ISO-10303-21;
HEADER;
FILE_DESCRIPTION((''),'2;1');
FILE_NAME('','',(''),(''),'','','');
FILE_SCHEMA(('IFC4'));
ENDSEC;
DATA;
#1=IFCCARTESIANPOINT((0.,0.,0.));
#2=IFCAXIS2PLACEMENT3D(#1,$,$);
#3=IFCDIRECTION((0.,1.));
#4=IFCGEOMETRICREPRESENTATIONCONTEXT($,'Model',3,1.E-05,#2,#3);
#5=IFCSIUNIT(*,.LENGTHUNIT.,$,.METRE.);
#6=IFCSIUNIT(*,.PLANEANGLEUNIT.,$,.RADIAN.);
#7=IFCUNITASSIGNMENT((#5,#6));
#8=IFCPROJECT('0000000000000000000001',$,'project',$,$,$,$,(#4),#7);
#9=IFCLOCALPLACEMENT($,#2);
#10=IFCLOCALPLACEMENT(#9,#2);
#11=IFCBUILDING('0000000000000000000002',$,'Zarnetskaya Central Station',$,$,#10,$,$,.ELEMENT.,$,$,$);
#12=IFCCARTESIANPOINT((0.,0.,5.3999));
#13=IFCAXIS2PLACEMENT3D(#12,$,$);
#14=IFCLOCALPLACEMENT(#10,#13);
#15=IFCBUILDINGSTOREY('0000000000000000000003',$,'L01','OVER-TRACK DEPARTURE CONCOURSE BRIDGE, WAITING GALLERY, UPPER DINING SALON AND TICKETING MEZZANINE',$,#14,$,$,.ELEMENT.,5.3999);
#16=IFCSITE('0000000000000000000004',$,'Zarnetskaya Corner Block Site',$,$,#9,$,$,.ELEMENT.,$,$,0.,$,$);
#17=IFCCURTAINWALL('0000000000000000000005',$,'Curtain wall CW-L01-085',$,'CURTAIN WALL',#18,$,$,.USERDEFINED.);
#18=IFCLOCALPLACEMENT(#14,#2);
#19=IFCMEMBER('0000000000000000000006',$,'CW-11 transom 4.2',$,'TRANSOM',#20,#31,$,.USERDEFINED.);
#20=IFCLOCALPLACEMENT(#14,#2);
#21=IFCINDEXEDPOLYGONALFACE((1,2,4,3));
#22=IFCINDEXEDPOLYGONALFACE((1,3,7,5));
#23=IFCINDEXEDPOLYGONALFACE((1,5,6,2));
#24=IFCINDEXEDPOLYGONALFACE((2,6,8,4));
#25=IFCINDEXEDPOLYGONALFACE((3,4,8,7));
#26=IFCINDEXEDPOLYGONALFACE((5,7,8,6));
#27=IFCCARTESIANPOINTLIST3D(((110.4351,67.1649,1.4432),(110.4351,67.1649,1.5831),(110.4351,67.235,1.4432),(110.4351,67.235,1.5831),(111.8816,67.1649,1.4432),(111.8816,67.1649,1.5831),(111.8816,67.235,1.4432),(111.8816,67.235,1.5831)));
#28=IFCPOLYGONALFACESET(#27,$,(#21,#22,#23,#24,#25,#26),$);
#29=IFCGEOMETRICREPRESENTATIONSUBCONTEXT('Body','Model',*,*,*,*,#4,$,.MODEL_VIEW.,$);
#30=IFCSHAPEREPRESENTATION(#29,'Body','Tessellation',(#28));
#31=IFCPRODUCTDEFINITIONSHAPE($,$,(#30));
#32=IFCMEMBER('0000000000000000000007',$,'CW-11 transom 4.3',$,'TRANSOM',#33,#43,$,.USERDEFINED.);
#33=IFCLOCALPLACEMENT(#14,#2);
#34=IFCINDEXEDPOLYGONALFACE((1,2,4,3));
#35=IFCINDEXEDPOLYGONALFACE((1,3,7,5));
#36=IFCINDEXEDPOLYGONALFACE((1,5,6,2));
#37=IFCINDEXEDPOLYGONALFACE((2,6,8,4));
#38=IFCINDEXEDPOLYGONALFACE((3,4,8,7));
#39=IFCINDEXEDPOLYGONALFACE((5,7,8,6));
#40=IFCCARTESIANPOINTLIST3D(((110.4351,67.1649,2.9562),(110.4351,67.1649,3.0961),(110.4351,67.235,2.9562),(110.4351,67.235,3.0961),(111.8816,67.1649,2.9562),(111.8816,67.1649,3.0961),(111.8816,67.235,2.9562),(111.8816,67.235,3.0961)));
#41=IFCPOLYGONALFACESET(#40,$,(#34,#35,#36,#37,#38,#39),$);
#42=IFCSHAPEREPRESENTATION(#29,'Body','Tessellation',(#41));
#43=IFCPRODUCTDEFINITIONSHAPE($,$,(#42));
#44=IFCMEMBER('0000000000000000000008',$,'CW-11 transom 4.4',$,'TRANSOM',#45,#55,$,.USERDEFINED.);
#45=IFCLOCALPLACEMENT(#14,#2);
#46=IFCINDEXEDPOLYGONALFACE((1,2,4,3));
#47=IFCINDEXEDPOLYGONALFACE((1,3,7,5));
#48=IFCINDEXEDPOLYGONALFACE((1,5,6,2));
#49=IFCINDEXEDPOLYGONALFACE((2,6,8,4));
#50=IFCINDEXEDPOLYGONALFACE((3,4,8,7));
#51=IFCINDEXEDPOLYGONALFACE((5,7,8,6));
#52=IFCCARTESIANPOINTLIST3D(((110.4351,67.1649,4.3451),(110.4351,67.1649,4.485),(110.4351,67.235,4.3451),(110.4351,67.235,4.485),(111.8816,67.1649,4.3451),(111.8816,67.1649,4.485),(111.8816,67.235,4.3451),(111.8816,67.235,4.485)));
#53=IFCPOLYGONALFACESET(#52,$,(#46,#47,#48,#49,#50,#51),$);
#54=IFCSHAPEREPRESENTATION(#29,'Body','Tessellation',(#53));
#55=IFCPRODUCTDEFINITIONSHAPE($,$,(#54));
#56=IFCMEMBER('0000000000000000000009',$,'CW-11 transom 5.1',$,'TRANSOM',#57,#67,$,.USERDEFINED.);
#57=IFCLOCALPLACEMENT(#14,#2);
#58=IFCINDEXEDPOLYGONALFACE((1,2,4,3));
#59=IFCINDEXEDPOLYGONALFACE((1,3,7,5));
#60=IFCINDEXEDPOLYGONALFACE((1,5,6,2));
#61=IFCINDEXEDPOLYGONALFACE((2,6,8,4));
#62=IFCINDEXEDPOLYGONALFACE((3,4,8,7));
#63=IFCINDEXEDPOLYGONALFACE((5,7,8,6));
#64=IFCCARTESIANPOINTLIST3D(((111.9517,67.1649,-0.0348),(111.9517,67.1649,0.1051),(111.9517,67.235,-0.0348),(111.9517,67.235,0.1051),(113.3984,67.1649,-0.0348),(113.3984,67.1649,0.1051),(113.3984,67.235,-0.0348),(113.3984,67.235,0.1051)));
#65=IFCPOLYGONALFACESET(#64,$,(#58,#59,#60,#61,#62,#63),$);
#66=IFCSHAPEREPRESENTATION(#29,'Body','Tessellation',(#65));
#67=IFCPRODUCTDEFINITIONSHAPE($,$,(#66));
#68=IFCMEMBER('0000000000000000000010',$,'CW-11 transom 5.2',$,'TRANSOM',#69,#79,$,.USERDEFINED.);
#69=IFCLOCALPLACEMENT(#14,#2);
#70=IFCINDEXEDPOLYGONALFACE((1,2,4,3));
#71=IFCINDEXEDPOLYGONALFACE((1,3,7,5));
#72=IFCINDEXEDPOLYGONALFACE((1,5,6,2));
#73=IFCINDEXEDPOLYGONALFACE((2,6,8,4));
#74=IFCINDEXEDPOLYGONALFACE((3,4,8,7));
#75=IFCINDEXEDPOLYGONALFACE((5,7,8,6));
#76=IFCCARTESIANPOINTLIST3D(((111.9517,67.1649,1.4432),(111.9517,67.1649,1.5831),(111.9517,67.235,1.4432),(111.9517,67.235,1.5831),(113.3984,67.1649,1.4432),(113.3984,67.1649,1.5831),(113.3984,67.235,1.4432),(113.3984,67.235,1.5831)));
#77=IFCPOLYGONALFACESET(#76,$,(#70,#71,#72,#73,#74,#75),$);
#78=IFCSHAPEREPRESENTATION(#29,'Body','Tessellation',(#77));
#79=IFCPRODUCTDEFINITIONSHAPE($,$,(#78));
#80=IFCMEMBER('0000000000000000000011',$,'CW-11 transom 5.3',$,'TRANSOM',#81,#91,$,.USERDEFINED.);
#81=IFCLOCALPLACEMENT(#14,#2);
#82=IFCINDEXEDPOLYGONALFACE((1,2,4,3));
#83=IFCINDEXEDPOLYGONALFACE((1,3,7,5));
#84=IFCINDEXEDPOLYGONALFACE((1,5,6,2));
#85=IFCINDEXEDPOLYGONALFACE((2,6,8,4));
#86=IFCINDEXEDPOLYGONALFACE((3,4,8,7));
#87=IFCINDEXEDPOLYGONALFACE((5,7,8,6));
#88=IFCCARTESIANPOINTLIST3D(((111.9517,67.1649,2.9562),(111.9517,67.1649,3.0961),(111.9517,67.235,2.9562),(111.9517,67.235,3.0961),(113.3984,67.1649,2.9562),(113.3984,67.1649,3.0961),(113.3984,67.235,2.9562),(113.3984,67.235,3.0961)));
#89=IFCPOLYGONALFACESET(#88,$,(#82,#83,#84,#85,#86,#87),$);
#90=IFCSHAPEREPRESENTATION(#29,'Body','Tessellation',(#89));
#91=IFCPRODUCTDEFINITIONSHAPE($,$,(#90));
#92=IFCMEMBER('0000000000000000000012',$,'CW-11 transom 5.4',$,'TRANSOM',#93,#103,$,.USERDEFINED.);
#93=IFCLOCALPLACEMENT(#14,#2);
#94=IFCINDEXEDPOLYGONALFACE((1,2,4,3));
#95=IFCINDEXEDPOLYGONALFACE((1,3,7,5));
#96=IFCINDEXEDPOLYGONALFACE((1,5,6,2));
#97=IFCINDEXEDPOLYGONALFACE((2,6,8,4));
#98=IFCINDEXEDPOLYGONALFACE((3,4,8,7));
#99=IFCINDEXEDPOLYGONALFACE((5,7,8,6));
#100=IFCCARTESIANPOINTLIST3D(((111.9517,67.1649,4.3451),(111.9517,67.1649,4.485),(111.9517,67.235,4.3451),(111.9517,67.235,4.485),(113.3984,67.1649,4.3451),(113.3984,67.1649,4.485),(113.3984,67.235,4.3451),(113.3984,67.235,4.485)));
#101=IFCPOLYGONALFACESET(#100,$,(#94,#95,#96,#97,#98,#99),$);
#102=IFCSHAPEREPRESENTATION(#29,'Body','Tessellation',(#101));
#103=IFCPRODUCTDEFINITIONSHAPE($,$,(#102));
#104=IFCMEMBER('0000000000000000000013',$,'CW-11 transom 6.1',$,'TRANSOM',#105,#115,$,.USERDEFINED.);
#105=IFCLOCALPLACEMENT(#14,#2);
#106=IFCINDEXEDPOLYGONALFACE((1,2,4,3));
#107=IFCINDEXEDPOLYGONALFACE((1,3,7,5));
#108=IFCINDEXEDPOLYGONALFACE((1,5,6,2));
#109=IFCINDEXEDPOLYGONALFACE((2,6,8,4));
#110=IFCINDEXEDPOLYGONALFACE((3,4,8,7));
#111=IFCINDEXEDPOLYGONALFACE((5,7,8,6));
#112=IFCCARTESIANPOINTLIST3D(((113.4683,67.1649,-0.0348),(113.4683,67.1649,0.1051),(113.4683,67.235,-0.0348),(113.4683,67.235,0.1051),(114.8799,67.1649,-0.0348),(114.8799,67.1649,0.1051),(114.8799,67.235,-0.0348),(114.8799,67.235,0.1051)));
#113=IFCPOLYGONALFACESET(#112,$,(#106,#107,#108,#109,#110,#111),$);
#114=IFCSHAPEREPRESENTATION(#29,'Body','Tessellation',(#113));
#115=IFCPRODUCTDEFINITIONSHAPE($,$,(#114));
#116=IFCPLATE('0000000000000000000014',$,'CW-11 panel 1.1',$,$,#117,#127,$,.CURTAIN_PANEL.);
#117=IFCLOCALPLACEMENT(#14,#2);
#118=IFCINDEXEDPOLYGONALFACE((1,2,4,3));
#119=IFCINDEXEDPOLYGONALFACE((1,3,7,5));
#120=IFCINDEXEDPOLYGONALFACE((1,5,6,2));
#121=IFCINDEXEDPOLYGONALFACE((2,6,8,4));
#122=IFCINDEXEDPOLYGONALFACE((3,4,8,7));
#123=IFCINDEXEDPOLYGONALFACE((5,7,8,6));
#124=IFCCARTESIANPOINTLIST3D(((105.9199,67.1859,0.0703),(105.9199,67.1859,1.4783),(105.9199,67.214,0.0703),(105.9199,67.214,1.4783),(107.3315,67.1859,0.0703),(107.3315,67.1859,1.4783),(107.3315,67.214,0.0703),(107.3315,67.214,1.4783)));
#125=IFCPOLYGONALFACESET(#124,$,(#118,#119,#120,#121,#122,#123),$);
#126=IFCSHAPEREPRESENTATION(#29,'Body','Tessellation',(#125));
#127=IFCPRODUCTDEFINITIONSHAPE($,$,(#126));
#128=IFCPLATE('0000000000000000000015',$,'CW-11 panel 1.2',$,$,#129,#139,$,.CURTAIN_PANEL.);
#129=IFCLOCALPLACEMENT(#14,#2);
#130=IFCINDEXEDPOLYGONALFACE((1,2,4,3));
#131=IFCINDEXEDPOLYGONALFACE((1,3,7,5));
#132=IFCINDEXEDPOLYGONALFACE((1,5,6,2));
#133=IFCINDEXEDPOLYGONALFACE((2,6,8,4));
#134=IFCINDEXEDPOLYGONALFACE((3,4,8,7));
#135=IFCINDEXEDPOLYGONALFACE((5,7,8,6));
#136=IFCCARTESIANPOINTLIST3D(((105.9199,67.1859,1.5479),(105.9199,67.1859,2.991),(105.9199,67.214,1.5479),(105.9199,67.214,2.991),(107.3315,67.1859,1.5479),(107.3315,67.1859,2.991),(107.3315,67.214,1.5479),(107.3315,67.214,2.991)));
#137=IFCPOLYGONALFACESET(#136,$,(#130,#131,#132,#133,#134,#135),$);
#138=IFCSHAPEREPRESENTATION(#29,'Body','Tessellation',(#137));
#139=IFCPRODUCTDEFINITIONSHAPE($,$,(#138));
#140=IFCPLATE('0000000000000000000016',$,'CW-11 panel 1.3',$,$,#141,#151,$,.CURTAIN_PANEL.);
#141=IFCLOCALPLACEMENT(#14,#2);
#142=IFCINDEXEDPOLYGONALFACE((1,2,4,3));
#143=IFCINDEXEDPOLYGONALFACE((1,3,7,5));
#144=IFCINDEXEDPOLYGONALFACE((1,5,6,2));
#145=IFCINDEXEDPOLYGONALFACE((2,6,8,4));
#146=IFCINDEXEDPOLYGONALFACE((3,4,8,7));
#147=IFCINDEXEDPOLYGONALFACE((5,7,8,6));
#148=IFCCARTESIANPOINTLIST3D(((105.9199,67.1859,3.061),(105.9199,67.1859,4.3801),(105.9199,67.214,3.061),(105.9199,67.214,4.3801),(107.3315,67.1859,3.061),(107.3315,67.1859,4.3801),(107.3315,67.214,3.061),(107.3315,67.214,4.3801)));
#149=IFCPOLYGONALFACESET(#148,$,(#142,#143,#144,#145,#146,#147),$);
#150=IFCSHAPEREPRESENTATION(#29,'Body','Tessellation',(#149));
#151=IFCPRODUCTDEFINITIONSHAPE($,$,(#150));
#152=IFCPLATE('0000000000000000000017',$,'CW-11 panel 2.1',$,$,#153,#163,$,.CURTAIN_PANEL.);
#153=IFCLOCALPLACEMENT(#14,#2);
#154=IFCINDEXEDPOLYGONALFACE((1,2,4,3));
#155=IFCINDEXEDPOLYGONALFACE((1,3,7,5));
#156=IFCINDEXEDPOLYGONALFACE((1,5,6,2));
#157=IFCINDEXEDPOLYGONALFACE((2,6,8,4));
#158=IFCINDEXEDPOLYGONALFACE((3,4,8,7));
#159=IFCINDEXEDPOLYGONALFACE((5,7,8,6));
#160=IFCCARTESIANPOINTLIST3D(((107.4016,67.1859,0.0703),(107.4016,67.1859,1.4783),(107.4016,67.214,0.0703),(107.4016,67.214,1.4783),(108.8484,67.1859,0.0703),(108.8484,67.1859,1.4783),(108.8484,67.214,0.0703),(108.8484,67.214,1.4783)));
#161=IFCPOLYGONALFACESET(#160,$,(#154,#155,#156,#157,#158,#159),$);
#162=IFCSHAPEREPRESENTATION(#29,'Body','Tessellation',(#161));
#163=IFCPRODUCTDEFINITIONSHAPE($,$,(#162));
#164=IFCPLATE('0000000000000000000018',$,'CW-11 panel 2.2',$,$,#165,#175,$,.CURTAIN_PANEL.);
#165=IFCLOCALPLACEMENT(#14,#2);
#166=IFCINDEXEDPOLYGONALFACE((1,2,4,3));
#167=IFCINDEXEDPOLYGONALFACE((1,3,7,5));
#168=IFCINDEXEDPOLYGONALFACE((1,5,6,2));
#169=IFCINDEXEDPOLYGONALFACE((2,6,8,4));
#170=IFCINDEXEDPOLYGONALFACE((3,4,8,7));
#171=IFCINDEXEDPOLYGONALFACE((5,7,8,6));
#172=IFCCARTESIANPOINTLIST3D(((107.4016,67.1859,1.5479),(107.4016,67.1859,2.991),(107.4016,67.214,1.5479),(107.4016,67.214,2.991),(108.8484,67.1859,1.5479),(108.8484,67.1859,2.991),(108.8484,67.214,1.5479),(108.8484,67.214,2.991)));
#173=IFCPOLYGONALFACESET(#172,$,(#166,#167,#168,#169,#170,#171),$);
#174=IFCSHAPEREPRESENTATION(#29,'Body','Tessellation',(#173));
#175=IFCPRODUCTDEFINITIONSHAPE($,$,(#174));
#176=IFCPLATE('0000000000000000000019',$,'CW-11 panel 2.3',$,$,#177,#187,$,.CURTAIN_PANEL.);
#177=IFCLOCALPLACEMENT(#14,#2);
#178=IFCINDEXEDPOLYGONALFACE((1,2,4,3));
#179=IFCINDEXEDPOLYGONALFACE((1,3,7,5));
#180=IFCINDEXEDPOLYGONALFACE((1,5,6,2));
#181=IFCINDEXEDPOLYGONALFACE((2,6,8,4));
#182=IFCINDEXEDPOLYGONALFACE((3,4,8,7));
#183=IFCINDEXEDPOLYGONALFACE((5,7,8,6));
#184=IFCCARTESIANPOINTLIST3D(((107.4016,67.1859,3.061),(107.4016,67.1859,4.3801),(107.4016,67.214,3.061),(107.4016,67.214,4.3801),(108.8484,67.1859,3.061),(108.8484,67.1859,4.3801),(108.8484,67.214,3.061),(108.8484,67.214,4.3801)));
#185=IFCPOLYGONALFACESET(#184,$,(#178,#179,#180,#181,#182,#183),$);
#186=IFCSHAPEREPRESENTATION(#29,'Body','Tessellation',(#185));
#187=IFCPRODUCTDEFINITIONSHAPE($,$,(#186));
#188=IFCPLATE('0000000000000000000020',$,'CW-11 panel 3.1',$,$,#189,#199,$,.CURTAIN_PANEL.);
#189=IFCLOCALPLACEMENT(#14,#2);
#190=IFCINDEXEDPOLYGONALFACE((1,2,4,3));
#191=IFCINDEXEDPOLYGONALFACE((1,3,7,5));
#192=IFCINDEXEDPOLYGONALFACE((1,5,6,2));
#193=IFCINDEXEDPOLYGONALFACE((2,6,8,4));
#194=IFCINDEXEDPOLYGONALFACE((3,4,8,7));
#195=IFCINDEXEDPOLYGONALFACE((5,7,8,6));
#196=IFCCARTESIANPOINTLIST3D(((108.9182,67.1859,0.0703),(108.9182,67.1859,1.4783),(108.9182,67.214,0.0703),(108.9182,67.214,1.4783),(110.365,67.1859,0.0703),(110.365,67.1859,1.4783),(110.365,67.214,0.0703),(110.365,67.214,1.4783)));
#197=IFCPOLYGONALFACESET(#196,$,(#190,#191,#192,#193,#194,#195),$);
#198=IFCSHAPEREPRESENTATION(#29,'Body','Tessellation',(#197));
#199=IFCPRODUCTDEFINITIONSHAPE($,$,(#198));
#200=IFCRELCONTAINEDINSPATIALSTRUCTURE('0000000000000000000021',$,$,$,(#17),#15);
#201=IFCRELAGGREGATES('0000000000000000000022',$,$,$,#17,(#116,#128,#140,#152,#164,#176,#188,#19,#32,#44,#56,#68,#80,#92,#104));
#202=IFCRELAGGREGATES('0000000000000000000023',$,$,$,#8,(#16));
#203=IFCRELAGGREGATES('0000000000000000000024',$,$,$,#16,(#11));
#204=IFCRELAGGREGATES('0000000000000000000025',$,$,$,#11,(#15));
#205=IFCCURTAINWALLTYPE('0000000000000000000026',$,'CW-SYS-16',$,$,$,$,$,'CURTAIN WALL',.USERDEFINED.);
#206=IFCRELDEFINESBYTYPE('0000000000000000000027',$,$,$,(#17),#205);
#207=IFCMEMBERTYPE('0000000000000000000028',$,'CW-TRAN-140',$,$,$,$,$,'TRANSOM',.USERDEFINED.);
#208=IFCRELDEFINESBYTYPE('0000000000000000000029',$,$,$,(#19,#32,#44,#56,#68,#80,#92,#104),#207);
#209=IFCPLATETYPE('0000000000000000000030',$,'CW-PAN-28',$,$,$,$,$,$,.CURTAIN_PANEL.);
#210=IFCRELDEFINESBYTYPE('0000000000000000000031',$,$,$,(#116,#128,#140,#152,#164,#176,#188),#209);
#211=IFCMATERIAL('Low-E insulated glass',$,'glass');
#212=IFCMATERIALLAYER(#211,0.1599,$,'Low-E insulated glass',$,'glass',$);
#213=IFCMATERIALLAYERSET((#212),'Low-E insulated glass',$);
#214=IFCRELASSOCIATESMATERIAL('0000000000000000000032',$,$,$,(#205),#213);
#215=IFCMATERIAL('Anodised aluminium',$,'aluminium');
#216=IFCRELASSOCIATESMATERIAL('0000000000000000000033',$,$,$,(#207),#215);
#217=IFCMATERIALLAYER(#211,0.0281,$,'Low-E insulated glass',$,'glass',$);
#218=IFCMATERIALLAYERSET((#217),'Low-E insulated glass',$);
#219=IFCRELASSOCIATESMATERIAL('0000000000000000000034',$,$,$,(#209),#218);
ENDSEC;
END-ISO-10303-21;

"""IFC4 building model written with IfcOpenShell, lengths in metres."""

from ifc_helpers import new_model, si_unit, direction, frame, origin, origin_2d, place, context, subcontext, project, spatial, rectangle, extrude, material, layer, layer_set, material_profile, profile_set, type_object, element, aggregate, save


model = new_model("IFC4")

# Units and contexts
model_context = context("Model", 3, precision=1e-05, world=origin(), true_north=direction((0.0, 1.0)))
body_context = subcontext(model_context, "Body", "Model", "MODEL_VIEW")
ifc_project = project(units=[si_unit("LENGTHUNIT", "METRE"), si_unit("PLANEANGLEUNIT", "RADIAN")], contexts=[model_context])

# Site, building, storey
site_placement = place(None, origin())
site = spatial("IfcSite", under=ifc_project, at=site_placement, Name="Zarnetskaya Corner Block Site", CompositionType="ELEMENT", RefElevation=0.0)
building_placement = place(site_placement, origin())
building = spatial("IfcBuilding", under=site, at=building_placement, Name="Zarnetskaya Central Station", CompositionType="ELEMENT")
storey_placement = place(building_placement, frame((0.0, 0.0, 5.3999)))
storey = spatial("IfcBuildingStorey", under=building, at=storey_placement, Name="L01", Description="OVER-TRACK DEPARTURE CONCOURSE BRIDGE, WAITING GALLERY, UPPER DINING SALON AND TICKETING MEZZANINE", CompositionType="ELEMENT", Elevation=5.3999)

# Curtain wall, members, plates
ifc_material_1 = material(Name="Low-E insulated glass", Category="glass")
ifc_layer_1 = layer(ifc_material_1, 0.1599, Name="Low-E insulated glass", Category="glass")
ifc_layer_set_1 = layer_set([ifc_layer_1], Name="Low-E insulated glass")
curtain_wall_type = type_object("IfcCurtainWallType", Name="CW-SYS-16", ElementType="CURTAIN WALL", PredefinedType="USERDEFINED", material=ifc_layer_set_1)
curtain_wall_placement = place(storey_placement, origin())
curtain_wall = element("IfcCurtainWall", 1, at=curtain_wall_placement, inside=storey, type_object=curtain_wall_type, Name="Curtain wall CW-L01-085", ObjectType="CURTAIN WALL", PredefinedType="USERDEFINED")
ifc_material_2 = material(Name="Anodised aluminium", Category="aluminium")
ifc_material_profile_1 = material_profile(ifc_material_2, rectangle(XDim=0.0701, YDim=0.1399, at=origin_2d()), Name="ALU TRAN 70x140")
ifc_profile_set_1 = profile_set([ifc_material_profile_1], Name="Anodised aluminium")
member_type_1 = type_object("IfcMemberType", Name="CW-TRAN-140", ElementType="TRANSOM", PredefinedType="USERDEFINED", material=ifc_profile_set_1)
member_1_placement = place(storey_placement, frame((110.4351, 67.2, 1.5132), z_axis=(1.0, 0.0, 0.0), x_axis=(0.0, 1.0, 0.0)))
member_1 = element("IfcMember", 2, at=member_1_placement, type_object=member_type_1, Name="CW-11 transom 4.2", ObjectType="TRANSOM", PredefinedType="USERDEFINED", context=body_context, shape_type="SweptSolid", body=[
    extrude(rectangle(XDim=0.0701, YDim=0.1399, at=origin_2d()), origin(), (0.0, 0.0, 1.0), 1.4465),
])
member_2_placement = place(storey_placement, frame((110.4351, 67.2, 3.0261), z_axis=(1.0, 0.0, 0.0), x_axis=(0.0, 1.0, 0.0)))
member_2 = element("IfcMember", 3, at=member_2_placement, type_object=member_type_1, Name="CW-11 transom 4.3", ObjectType="TRANSOM", PredefinedType="USERDEFINED", context=body_context, shape_type="SweptSolid", body=[
    extrude(rectangle(XDim=0.0701, YDim=0.1399, at=origin_2d()), origin(), (0.0, 0.0, 1.0), 1.4465),
])
member_3_placement = place(storey_placement, frame((110.4351, 67.2, 4.415), z_axis=(1.0, 0.0, 0.0), x_axis=(0.0, 1.0, 0.0)))
member_3 = element("IfcMember", 4, at=member_3_placement, type_object=member_type_1, Name="CW-11 transom 4.4", ObjectType="TRANSOM", PredefinedType="USERDEFINED", context=body_context, shape_type="SweptSolid", body=[
    extrude(rectangle(XDim=0.0701, YDim=0.1399, at=origin_2d()), origin(), (0.0, 0.0, 1.0), 1.4465),
])
member_4_placement = place(storey_placement, frame((111.9517, 67.2, 0.0352), z_axis=(1.0, 0.0, 0.0), x_axis=(0.0, 1.0, 0.0)))
member_4 = element("IfcMember", 5, at=member_4_placement, type_object=member_type_1, Name="CW-11 transom 5.1", ObjectType="TRANSOM", PredefinedType="USERDEFINED", context=body_context, shape_type="SweptSolid", body=[
    extrude(rectangle(XDim=0.0701, YDim=0.1399, at=origin_2d()), origin(), (0.0, 0.0, 1.0), 1.4468),
])
member_5_placement = place(storey_placement, frame((111.9517, 67.2, 1.5132), z_axis=(1.0, 0.0, 0.0), x_axis=(0.0, 1.0, 0.0)))
member_5 = element("IfcMember", 6, at=member_5_placement, type_object=member_type_1, Name="CW-11 transom 5.2", ObjectType="TRANSOM", PredefinedType="USERDEFINED", context=body_context, shape_type="SweptSolid", body=[
    extrude(rectangle(XDim=0.0701, YDim=0.1399, at=origin_2d()), origin(), (0.0, 0.0, 1.0), 1.4468),
])
member_6_placement = place(storey_placement, frame((111.9517, 67.2, 3.0261), z_axis=(1.0, 0.0, 0.0), x_axis=(0.0, 1.0, 0.0)))
member_6 = element("IfcMember", 7, at=member_6_placement, type_object=member_type_1, Name="CW-11 transom 5.3", ObjectType="TRANSOM", PredefinedType="USERDEFINED", context=body_context, shape_type="SweptSolid", body=[
    extrude(rectangle(XDim=0.0701, YDim=0.1399, at=origin_2d()), origin(), (0.0, 0.0, 1.0), 1.4468),
])
member_7_placement = place(storey_placement, frame((111.9517, 67.2, 4.415), z_axis=(1.0, 0.0, 0.0), x_axis=(0.0, 1.0, 0.0)))
member_7 = element("IfcMember", 8, at=member_7_placement, type_object=member_type_1, Name="CW-11 transom 5.4", ObjectType="TRANSOM", PredefinedType="USERDEFINED", context=body_context, shape_type="SweptSolid", body=[
    extrude(rectangle(XDim=0.0701, YDim=0.1399, at=origin_2d()), origin(), (0.0, 0.0, 1.0), 1.4468),
])
member_8_placement = place(storey_placement, frame((113.4683, 67.2, 0.0352), z_axis=(1.0, 0.0, 0.0), x_axis=(0.0, 1.0, 0.0)))
member_8 = element("IfcMember", 9, at=member_8_placement, type_object=member_type_1, Name="CW-11 transom 6.1", ObjectType="TRANSOM", PredefinedType="USERDEFINED", context=body_context, shape_type="SweptSolid", body=[
    extrude(rectangle(XDim=0.0701, YDim=0.1399, at=origin_2d()), origin(), (0.0, 0.0, 1.0), 1.4116),
])
ifc_layer_2 = layer(ifc_material_1, 0.0281, Name="Low-E insulated glass", Category="glass")
ifc_layer_set_2 = layer_set([ifc_layer_2], Name="Low-E insulated glass")
plate_type = type_object("IfcPlateType", Name="CW-PAN-28", PredefinedType="CURTAIN_PANEL", material=ifc_layer_set_2)
plate_1_placement = place(storey_placement, frame((106.6257, 67.2, 0.0703), z_axis=(0.0, 0.0, 1.0), x_axis=(1.0, 0.0, 0.0)))
plate_1 = element("IfcPlate", 10, at=plate_1_placement, type_object=plate_type, Name="CW-11 panel 1.1", PredefinedType="CURTAIN_PANEL", context=body_context, shape_type="SweptSolid", body=[
    extrude(rectangle(XDim=1.4116, YDim=0.0281, at=origin_2d()), origin(), (0.0, 0.0, 1.0), 1.408),
])
plate_2_placement = place(storey_placement, frame((106.6257, 67.2, 1.5479), z_axis=(0.0, 0.0, 1.0), x_axis=(1.0, 0.0, 0.0)))
plate_2 = element("IfcPlate", 11, at=plate_2_placement, type_object=plate_type, Name="CW-11 panel 1.2", PredefinedType="CURTAIN_PANEL", context=body_context, shape_type="SweptSolid", body=[
    extrude(rectangle(XDim=1.4116, YDim=0.0281, at=origin_2d()), origin(), (0.0, 0.0, 1.0), 1.4431),
])
plate_3_placement = place(storey_placement, frame((106.6257, 67.2, 3.061), z_axis=(0.0, 0.0, 1.0), x_axis=(1.0, 0.0, 0.0)))
plate_3 = element("IfcPlate", 12, at=plate_3_placement, type_object=plate_type, Name="CW-11 panel 1.3", PredefinedType="CURTAIN_PANEL", context=body_context, shape_type="SweptSolid", body=[
    extrude(rectangle(XDim=1.4116, YDim=0.0281, at=origin_2d()), origin(), (0.0, 0.0, 1.0), 1.3191),
])
plate_4_placement = place(storey_placement, frame((108.125, 67.2, 0.0703), z_axis=(0.0, 0.0, 1.0), x_axis=(1.0, 0.0, 0.0)))
plate_4 = element("IfcPlate", 13, at=plate_4_placement, type_object=plate_type, Name="CW-11 panel 2.1", PredefinedType="CURTAIN_PANEL", context=body_context, shape_type="SweptSolid", body=[
    extrude(rectangle(XDim=1.4468, YDim=0.0281, at=origin_2d()), origin(), (0.0, 0.0, 1.0), 1.408),
])
plate_5_placement = place(storey_placement, frame((108.125, 67.2, 1.5479), z_axis=(0.0, 0.0, 1.0), x_axis=(1.0, 0.0, 0.0)))
plate_5 = element("IfcPlate", 14, at=plate_5_placement, type_object=plate_type, Name="CW-11 panel 2.2", PredefinedType="CURTAIN_PANEL", context=body_context, shape_type="SweptSolid", body=[
    extrude(rectangle(XDim=1.4468, YDim=0.0281, at=origin_2d()), origin(), (0.0, 0.0, 1.0), 1.4431),
])
plate_6_placement = place(storey_placement, frame((108.125, 67.2, 3.061), z_axis=(0.0, 0.0, 1.0), x_axis=(1.0, 0.0, 0.0)))
plate_6 = element("IfcPlate", 15, at=plate_6_placement, type_object=plate_type, Name="CW-11 panel 2.3", PredefinedType="CURTAIN_PANEL", context=body_context, shape_type="SweptSolid", body=[
    extrude(rectangle(XDim=1.4468, YDim=0.0281, at=origin_2d()), origin(), (0.0, 0.0, 1.0), 1.3191),
])
plate_7_placement = place(storey_placement, frame((109.6416, 67.2, 0.0703), z_axis=(0.0, 0.0, 1.0), x_axis=(1.0, 0.0, 0.0)))
plate_7 = element("IfcPlate", 16, at=plate_7_placement, type_object=plate_type, Name="CW-11 panel 3.1", PredefinedType="CURTAIN_PANEL", context=body_context, shape_type="SweptSolid", body=[
    extrude(rectangle(XDim=1.4468, YDim=0.0281, at=origin_2d()), origin(), (0.0, 0.0, 1.0), 1.408),
])
aggregate(curtain_wall, [plate_1, plate_2, plate_3, plate_4, plate_5, plate_6, plate_7, member_1, member_2, member_3, member_4, member_5, member_6, member_7, member_8])

save(model, "model.ifc")
